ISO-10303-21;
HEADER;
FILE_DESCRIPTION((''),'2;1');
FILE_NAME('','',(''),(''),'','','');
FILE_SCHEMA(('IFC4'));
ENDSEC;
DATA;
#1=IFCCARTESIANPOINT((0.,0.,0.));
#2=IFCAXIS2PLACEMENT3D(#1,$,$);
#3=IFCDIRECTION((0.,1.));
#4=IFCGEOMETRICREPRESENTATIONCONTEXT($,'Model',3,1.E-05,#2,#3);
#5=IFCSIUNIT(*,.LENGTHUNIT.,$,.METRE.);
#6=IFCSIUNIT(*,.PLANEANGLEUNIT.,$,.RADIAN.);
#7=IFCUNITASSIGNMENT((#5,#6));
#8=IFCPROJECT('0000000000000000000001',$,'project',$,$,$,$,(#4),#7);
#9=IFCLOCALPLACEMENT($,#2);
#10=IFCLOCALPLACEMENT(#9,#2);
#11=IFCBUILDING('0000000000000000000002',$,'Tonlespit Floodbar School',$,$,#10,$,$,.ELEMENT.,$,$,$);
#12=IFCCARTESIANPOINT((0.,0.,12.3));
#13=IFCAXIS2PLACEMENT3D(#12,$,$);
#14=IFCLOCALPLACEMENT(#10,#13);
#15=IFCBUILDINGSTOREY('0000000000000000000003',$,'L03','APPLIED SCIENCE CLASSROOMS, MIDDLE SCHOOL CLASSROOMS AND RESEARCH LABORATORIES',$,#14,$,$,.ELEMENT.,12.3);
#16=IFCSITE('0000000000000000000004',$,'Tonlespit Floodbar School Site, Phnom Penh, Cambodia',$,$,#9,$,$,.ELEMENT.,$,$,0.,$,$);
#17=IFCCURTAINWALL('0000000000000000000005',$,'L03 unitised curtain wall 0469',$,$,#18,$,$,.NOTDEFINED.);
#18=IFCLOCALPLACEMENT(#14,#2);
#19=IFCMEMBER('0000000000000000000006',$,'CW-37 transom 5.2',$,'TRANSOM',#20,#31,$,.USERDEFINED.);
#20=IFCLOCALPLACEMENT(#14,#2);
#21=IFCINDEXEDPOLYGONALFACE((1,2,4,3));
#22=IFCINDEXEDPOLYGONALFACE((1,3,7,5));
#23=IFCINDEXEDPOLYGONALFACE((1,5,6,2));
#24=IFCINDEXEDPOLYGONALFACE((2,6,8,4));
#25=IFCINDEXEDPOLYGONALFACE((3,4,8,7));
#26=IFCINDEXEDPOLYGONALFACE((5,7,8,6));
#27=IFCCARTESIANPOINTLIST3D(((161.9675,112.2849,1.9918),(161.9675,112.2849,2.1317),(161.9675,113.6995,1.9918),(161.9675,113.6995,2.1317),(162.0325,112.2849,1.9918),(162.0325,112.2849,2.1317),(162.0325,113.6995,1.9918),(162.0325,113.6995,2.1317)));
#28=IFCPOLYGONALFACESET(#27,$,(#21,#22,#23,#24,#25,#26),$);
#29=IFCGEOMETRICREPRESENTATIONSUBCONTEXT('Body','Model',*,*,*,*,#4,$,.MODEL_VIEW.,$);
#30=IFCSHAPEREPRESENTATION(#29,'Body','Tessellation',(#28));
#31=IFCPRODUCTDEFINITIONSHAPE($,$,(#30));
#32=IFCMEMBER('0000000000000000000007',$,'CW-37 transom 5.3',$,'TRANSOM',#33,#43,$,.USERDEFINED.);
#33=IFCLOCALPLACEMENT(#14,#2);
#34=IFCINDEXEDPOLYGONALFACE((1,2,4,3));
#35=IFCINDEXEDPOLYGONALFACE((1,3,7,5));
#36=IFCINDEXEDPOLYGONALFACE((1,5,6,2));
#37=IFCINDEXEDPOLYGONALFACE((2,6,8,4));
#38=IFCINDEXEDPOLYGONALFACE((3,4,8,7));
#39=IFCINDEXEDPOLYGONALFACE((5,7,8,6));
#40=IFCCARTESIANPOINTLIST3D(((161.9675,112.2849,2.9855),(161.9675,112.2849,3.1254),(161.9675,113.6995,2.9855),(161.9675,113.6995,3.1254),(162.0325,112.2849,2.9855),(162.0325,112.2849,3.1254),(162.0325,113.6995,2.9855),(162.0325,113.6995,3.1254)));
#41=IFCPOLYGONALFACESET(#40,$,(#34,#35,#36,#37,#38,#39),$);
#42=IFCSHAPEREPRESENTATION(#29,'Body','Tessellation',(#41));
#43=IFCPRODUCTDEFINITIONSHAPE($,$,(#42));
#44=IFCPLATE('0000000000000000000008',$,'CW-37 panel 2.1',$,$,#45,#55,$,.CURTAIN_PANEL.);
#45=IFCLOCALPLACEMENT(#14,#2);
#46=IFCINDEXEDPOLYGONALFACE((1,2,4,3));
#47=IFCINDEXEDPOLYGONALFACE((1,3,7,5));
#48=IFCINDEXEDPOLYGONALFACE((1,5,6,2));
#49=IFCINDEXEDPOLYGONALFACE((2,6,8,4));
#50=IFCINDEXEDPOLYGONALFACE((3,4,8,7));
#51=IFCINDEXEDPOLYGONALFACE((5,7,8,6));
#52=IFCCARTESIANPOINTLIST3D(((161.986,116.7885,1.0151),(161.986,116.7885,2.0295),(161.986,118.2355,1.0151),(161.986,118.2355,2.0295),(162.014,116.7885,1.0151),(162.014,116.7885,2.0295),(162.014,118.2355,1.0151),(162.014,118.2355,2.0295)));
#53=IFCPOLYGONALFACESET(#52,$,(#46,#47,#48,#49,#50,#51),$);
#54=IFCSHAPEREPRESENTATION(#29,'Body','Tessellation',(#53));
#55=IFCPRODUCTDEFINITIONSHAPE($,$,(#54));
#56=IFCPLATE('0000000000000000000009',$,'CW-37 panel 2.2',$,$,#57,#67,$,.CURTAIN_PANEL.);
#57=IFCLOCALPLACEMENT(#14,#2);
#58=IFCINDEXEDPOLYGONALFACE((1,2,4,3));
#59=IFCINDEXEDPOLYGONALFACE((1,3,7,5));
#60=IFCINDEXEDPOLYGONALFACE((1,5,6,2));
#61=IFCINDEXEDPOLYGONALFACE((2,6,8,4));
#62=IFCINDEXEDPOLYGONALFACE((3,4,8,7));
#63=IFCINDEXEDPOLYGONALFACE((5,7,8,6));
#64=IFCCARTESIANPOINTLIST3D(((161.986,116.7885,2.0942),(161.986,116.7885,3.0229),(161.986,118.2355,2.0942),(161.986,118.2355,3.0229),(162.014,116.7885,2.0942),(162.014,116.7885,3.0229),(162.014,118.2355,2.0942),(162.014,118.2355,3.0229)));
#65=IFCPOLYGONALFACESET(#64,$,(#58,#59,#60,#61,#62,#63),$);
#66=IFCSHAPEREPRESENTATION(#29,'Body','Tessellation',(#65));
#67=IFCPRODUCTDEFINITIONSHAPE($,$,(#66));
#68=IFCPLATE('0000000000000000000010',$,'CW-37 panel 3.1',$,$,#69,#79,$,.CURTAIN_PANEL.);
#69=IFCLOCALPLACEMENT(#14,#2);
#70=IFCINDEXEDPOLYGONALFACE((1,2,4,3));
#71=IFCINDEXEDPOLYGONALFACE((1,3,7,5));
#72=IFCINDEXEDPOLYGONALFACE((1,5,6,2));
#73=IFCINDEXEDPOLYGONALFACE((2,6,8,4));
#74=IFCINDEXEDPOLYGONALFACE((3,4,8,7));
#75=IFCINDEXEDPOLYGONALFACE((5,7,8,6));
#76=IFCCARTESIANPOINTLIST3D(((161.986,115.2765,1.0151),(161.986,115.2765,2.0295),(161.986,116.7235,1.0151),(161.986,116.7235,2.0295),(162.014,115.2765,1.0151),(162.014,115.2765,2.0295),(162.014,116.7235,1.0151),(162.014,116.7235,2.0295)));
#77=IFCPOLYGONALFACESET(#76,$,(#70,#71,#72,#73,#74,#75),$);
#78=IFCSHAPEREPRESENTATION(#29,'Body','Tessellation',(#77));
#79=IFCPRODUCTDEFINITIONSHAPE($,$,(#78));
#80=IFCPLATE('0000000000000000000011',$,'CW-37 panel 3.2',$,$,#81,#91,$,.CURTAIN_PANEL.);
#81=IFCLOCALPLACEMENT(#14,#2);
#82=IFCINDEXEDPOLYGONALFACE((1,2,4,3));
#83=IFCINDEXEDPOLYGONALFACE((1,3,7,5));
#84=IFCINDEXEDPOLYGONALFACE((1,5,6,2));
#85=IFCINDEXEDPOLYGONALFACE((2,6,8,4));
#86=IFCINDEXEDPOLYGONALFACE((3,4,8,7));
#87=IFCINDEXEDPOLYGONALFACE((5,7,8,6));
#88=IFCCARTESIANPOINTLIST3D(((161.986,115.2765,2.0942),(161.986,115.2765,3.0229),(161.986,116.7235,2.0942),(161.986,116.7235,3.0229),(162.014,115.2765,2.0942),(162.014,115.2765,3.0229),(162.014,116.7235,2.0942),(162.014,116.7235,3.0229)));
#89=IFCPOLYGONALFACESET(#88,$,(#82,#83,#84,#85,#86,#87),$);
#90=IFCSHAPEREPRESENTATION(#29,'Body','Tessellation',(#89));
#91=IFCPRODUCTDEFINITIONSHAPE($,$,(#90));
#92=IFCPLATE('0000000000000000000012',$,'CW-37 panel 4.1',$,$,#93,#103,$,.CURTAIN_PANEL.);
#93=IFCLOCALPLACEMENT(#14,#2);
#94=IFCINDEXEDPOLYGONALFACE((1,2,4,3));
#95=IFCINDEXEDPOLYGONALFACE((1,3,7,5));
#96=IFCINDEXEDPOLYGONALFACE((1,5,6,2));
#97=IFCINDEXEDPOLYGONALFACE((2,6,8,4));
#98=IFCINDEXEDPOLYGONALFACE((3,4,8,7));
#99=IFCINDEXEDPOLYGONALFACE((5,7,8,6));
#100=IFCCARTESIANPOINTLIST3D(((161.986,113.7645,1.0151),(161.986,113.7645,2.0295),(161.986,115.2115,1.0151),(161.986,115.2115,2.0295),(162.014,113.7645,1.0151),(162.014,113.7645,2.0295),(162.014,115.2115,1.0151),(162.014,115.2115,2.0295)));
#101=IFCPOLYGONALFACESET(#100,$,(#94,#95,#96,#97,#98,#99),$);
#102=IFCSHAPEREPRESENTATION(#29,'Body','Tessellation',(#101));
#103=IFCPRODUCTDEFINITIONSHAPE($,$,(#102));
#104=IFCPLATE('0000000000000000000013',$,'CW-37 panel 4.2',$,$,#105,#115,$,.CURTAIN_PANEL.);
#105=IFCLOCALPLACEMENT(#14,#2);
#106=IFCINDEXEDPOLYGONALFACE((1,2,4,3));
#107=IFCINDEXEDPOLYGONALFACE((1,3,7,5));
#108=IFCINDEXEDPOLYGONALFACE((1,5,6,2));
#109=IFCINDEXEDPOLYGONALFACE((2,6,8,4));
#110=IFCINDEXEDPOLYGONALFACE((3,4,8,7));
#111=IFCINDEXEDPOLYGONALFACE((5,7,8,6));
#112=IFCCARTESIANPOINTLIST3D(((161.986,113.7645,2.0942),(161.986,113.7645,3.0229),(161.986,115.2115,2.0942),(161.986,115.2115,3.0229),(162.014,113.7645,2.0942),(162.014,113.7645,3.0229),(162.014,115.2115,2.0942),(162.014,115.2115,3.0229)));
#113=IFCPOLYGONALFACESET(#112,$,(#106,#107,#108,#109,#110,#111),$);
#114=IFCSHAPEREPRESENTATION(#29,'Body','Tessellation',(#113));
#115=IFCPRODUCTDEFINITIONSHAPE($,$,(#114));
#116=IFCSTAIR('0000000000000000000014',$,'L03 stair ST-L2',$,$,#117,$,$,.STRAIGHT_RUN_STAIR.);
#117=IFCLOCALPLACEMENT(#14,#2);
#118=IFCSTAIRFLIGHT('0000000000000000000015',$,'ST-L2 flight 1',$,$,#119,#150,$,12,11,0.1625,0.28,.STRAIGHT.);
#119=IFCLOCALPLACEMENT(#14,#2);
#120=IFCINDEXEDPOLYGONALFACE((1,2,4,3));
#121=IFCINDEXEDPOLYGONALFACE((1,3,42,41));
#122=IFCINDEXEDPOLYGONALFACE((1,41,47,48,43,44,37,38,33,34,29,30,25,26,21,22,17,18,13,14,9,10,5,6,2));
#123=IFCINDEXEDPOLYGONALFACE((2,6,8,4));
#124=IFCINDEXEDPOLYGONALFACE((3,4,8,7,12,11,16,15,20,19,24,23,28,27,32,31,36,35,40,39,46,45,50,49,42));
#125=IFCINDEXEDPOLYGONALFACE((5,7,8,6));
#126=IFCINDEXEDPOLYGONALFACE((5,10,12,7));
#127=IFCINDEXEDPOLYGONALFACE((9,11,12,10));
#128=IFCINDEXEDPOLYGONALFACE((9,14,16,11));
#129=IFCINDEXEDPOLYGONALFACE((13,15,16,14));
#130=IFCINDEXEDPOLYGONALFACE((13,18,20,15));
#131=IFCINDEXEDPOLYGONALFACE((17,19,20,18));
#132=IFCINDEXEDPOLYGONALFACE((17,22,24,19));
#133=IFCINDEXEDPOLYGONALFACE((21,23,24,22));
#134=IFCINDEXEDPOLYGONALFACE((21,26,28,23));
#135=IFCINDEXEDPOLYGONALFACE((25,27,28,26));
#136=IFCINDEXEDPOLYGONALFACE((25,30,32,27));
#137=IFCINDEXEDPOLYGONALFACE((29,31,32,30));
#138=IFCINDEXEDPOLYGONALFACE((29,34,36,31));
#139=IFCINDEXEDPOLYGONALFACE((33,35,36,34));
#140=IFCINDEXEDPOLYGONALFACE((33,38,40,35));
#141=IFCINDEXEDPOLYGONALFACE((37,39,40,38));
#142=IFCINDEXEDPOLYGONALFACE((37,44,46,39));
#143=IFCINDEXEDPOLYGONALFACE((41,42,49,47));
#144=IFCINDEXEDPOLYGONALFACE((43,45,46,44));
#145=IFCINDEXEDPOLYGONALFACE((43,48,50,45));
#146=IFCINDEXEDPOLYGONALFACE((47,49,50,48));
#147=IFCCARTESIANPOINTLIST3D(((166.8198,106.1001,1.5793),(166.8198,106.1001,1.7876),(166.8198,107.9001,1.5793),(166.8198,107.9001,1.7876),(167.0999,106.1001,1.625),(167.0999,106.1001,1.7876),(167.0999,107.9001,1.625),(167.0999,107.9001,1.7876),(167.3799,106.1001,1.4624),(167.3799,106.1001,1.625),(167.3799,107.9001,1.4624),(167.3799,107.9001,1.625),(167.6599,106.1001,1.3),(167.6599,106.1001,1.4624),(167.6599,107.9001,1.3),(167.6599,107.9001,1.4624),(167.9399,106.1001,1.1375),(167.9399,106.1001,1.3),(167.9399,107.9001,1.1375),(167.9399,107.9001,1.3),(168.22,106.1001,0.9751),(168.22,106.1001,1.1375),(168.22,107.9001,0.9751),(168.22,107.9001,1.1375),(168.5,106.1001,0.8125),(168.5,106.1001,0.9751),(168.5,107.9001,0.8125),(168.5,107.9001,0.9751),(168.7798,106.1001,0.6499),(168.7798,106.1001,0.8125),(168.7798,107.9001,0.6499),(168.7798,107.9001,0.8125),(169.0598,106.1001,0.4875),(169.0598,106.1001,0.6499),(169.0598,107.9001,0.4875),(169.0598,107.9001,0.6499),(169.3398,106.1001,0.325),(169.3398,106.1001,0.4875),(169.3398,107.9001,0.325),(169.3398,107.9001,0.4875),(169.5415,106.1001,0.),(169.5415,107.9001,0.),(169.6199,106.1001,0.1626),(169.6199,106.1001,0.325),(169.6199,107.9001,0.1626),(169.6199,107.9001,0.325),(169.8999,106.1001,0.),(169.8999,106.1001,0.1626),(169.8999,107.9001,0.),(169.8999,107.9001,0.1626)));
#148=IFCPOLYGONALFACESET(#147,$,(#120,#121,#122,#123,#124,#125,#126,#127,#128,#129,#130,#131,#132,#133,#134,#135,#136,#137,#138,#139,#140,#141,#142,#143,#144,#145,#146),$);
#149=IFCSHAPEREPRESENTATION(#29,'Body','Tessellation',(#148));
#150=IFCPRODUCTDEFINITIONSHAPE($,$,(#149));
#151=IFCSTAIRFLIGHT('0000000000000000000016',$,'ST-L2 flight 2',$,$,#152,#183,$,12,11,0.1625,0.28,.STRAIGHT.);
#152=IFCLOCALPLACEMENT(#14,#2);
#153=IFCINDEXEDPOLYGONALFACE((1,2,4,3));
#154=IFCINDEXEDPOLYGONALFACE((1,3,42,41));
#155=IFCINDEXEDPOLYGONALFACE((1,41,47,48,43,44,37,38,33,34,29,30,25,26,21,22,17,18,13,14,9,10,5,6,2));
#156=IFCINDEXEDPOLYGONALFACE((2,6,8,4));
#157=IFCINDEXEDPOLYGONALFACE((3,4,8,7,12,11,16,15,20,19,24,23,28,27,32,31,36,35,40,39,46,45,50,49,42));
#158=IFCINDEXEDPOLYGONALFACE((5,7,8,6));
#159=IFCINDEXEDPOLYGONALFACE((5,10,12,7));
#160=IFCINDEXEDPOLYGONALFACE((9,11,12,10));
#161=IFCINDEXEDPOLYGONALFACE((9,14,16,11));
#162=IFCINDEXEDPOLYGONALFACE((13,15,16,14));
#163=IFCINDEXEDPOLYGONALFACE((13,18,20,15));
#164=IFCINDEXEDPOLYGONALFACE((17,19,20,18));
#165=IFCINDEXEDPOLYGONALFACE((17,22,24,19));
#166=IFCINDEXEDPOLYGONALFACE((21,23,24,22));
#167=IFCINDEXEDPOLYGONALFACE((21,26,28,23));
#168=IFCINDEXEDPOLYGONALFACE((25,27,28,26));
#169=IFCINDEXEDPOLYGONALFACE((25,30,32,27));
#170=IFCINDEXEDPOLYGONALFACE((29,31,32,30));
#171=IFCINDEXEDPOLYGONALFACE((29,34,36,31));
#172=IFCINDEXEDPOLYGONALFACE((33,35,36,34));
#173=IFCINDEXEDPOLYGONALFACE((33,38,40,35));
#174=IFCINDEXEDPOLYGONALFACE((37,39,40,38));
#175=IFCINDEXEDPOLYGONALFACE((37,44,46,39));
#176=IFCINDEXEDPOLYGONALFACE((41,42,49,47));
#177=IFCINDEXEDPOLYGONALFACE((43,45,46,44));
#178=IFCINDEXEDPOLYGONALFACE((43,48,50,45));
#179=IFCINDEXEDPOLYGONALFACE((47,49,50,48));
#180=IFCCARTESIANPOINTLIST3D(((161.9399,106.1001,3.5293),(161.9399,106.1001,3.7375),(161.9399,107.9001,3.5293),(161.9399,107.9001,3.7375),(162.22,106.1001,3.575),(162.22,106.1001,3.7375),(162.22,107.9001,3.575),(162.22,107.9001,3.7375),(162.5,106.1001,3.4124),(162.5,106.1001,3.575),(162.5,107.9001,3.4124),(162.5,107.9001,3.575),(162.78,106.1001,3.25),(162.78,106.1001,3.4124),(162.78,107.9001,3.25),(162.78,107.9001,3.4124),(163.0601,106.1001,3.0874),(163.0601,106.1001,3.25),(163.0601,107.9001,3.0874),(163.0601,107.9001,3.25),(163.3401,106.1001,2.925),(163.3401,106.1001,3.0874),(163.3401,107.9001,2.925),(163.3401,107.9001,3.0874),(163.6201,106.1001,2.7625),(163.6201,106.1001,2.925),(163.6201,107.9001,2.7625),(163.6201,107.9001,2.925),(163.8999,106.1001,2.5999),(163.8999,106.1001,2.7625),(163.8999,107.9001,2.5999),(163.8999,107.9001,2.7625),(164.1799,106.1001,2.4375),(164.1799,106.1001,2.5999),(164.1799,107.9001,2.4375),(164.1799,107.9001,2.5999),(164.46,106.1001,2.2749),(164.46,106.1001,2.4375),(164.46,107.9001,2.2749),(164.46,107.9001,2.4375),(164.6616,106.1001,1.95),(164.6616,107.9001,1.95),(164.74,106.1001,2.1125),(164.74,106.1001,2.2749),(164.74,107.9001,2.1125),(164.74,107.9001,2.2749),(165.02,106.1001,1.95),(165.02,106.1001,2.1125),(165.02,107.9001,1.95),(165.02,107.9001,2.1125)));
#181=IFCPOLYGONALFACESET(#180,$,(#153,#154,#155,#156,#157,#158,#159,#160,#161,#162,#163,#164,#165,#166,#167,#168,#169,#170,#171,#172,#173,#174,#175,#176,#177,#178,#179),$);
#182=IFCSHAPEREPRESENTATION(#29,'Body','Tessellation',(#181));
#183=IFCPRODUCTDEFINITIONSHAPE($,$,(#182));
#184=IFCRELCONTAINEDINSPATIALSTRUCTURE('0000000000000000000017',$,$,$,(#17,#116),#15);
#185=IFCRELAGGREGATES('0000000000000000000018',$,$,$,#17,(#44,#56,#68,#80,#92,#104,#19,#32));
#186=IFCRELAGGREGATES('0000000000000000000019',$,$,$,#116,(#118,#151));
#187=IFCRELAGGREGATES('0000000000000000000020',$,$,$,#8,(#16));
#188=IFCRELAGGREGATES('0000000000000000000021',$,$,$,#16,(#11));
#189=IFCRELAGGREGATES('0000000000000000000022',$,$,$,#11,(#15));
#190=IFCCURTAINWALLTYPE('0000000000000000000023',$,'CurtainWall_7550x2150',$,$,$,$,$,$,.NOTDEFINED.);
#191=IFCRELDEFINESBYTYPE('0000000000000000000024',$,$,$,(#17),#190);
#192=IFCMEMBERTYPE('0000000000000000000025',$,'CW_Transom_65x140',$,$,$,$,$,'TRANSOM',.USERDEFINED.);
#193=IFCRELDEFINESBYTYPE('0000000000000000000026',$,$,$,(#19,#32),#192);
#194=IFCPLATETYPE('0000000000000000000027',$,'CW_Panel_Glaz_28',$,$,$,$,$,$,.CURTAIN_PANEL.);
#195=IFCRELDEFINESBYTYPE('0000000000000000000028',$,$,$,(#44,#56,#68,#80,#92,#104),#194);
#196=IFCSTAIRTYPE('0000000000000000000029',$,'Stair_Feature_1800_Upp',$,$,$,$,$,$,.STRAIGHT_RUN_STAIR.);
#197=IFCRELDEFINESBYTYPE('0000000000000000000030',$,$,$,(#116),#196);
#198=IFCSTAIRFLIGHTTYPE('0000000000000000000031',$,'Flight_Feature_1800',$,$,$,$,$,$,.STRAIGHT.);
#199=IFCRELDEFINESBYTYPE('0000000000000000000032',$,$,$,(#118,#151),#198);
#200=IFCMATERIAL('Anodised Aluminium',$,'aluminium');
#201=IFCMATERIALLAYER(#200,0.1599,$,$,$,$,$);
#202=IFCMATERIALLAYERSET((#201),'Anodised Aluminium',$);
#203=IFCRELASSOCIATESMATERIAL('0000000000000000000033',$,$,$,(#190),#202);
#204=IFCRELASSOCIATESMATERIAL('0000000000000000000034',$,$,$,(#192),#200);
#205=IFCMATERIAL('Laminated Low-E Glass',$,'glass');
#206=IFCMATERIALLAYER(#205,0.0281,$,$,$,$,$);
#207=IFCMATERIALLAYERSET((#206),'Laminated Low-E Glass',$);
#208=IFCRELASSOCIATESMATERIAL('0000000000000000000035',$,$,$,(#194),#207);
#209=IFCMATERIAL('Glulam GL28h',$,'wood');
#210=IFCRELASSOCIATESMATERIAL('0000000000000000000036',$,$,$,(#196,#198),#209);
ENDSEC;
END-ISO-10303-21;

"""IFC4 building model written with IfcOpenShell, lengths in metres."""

from ifc_helpers import new_model, si_unit, direction, frame, origin, origin_2d, place, context, subcontext, project, spatial, polyline, rectangle, outline, extrude, material, layer, layer_set, material_profile, profile_set, type_object, element, aggregate, save


model = new_model("IFC4")

# Units and contexts
model_context = context("Model", 3, precision=1e-05, world=origin(), true_north=direction((0.0, 1.0)))
body_context = subcontext(model_context, "Body", "Model", "MODEL_VIEW")
ifc_project = project(units=[si_unit("LENGTHUNIT", "METRE"), si_unit("PLANEANGLEUNIT", "RADIAN")], contexts=[model_context])

# Site, building, storey
site_placement = place(None, origin())
site = spatial("IfcSite", under=ifc_project, at=site_placement, Name="Tonlespit Floodbar School Site, Phnom Penh, Cambodia", CompositionType="ELEMENT", RefElevation=0.0)
building_placement = place(site_placement, origin())
building = spatial("IfcBuilding", under=site, at=building_placement, Name="Tonlespit Floodbar School", CompositionType="ELEMENT")
storey_placement = place(building_placement, frame((0.0, 0.0, 12.3)))
storey = spatial("IfcBuildingStorey", under=building, at=storey_placement, Name="L03", Description="APPLIED SCIENCE CLASSROOMS, MIDDLE SCHOOL CLASSROOMS AND RESEARCH LABORATORIES", CompositionType="ELEMENT", Elevation=12.3)

# Shared definitions
ifc_material_1 = material(Name="Glulam GL28h", Category="wood")

# Curtain wall, members, plates
ifc_material_2 = material(Name="Anodised Aluminium", Category="aluminium")
ifc_layer_1 = layer(ifc_material_2, 0.1599)
ifc_layer_set_1 = layer_set([ifc_layer_1], Name="Anodised Aluminium")
curtain_wall_type = type_object("IfcCurtainWallType", Name="CurtainWall_7550x2150", PredefinedType="NOTDEFINED", material=ifc_layer_set_1)
curtain_wall_placement = place(storey_placement, origin())
curtain_wall = element("IfcCurtainWall", 1, at=curtain_wall_placement, inside=storey, type_object=curtain_wall_type, Name="L03 unitised curtain wall 0469", PredefinedType="NOTDEFINED")
ifc_material_profile_1 = material_profile(ifc_material_2, rectangle(XDim=0.0649, YDim=0.1399, at=origin_2d()), Name="ALU T65x140")
ifc_profile_set_1 = profile_set([ifc_material_profile_1], Name="Anodised Aluminium")
member_type_1 = type_object("IfcMemberType", Name="CW_Transom_65x140", ElementType="TRANSOM", PredefinedType="USERDEFINED", material=ifc_profile_set_1)
member_1_placement = place(storey_placement, frame((162.0, 113.6995, 2.0618), z_axis=(0.0, -1.0, 0.0), x_axis=(1.0, 0.0, 0.0)))
member_1 = element("IfcMember", 2, at=member_1_placement, type_object=member_type_1, Name="CW-37 transom 5.2", ObjectType="TRANSOM", PredefinedType="USERDEFINED", context=body_context, shape_type="SweptSolid", body=[
    extrude(rectangle(XDim=0.0649, YDim=0.1399, at=origin_2d()), origin(), (0.0, 0.0, 1.0), 1.4146),
])
member_2_placement = place(storey_placement, frame((162.0, 113.6995, 3.0554), z_axis=(0.0, -1.0, 0.0), x_axis=(1.0, 0.0, 0.0)))
member_2 = element("IfcMember", 3, at=member_2_placement, type_object=member_type_1, Name="CW-37 transom 5.3", ObjectType="TRANSOM", PredefinedType="USERDEFINED", context=body_context, shape_type="SweptSolid", body=[
    extrude(rectangle(XDim=0.0649, YDim=0.1399, at=origin_2d()), origin(), (0.0, 0.0, 1.0), 1.4146),
])
ifc_material_3 = material(Name="Laminated Low-E Glass", Category="glass")
ifc_layer_2 = layer(ifc_material_3, 0.0281)
ifc_layer_set_2 = layer_set([ifc_layer_2], Name="Laminated Low-E Glass")
plate_type = type_object("IfcPlateType", Name="CW_Panel_Glaz_28", PredefinedType="CURTAIN_PANEL", material=ifc_layer_set_2)
plate_1_placement = place(storey_placement, frame((162.0, 117.512, 1.0151), z_axis=(0.0, 0.0, 1.0), x_axis=(0.0, -1.0, 0.0)))
plate_1 = element("IfcPlate", 4, at=plate_1_placement, type_object=plate_type, Name="CW-37 panel 2.1", PredefinedType="CURTAIN_PANEL", context=body_context, shape_type="SweptSolid", body=[
    extrude(rectangle(XDim=1.447, YDim=0.0281, at=origin_2d()), origin(), (0.0, 0.0, 1.0), 1.0144),
])
plate_2_placement = place(storey_placement, frame((162.0, 117.512, 2.0942), z_axis=(0.0, 0.0, 1.0), x_axis=(0.0, -1.0, 0.0)))
plate_2 = element("IfcPlate", 5, at=plate_2_placement, type_object=plate_type, Name="CW-37 panel 2.2", PredefinedType="CURTAIN_PANEL", context=body_context, shape_type="SweptSolid", body=[
    extrude(rectangle(XDim=1.447, YDim=0.0281, at=origin_2d()), origin(), (0.0, 0.0, 1.0), 0.9287),
])
plate_3_placement = place(storey_placement, frame((162.0, 116.0, 1.0151), z_axis=(0.0, 0.0, 1.0), x_axis=(0.0, -1.0, 0.0)))
plate_3 = element("IfcPlate", 6, at=plate_3_placement, type_object=plate_type, Name="CW-37 panel 3.1", PredefinedType="CURTAIN_PANEL", context=body_context, shape_type="SweptSolid", body=[
    extrude(rectangle(XDim=1.447, YDim=0.0281, at=origin_2d()), origin(), (0.0, 0.0, 1.0), 1.0144),
])
plate_4_placement = place(storey_placement, frame((162.0, 116.0, 2.0942), z_axis=(0.0, 0.0, 1.0), x_axis=(0.0, -1.0, 0.0)))
plate_4 = element("IfcPlate", 7, at=plate_4_placement, type_object=plate_type, Name="CW-37 panel 3.2", PredefinedType="CURTAIN_PANEL", context=body_context, shape_type="SweptSolid", body=[
    extrude(rectangle(XDim=1.447, YDim=0.0281, at=origin_2d()), origin(), (0.0, 0.0, 1.0), 0.9287),
])
plate_5_placement = place(storey_placement, frame((162.0, 114.488, 1.0151), z_axis=(0.0, 0.0, 1.0), x_axis=(0.0, -1.0, 0.0)))
plate_5 = element("IfcPlate", 8, at=plate_5_placement, type_object=plate_type, Name="CW-37 panel 4.1", PredefinedType="CURTAIN_PANEL", context=body_context, shape_type="SweptSolid", body=[
    extrude(rectangle(XDim=1.447, YDim=0.0281, at=origin_2d()), origin(), (0.0, 0.0, 1.0), 1.0144),
])
plate_6_placement = place(storey_placement, frame((162.0, 114.488, 2.0942), z_axis=(0.0, 0.0, 1.0), x_axis=(0.0, -1.0, 0.0)))
plate_6 = element("IfcPlate", 9, at=plate_6_placement, type_object=plate_type, Name="CW-37 panel 4.2", PredefinedType="CURTAIN_PANEL", context=body_context, shape_type="SweptSolid", body=[
    extrude(rectangle(XDim=1.447, YDim=0.0281, at=origin_2d()), origin(), (0.0, 0.0, 1.0), 0.9287),
])
aggregate(curtain_wall, [plate_1, plate_2, plate_3, plate_4, plate_5, plate_6, member_1, member_2])

# Stair, stair flights
stair_type = type_object("IfcStairType", Name="Stair_Feature_1800_Upp", PredefinedType="STRAIGHT_RUN_STAIR", material=ifc_material_1)
stair_placement = place(storey_placement, origin())
stair = element("IfcStair", 10, at=stair_placement, inside=storey, type_object=stair_type, Name="L03 stair ST-L2", PredefinedType="STRAIGHT_RUN_STAIR")
stair_flight_type = type_object("IfcStairFlightType", Name="Flight_Feature_1800", PredefinedType="STRAIGHT", material=ifc_material_1)
stair_flight_1_placement = place(storey_placement, frame((169.8999, 107.0, 0.0), z_axis=(0.0, 0.0, 1.0), x_axis=(-1.0, 0.0, 0.0)))
stair_flight_1 = element("IfcStairFlight", 11, at=stair_flight_1_placement, type_object=stair_flight_type, Name="ST-L2 flight 1", NumberOfRisers=12, NumberOfTreads=11, PredefinedType="STRAIGHT", RiserHeight=0.1625, TreadLength=0.28, context=body_context, shape_type="SweptSolid", body=[
    extrude(outline(polyline([(0.0, 0.0), (0.0, 0.1626), (0.28, 0.1626), (0.28, 0.325), (0.5601, 0.325), (0.5601, 0.4875), (0.8401, 0.4875), (0.8401, 0.6499), (1.1201, 0.6499), (1.1201, 0.8125), (1.3999, 0.8125), (1.3999, 0.9751), (1.6799, 0.9751), (1.6799, 1.1375), (1.96, 1.1375), (1.96, 1.3), (2.24, 1.3), (2.24, 1.4624), (2.52, 1.4624), (2.52, 1.625), (2.8, 1.625), (2.8, 1.7876), (3.0801, 1.7876), (3.0801, 1.95), (3.0801, 1.5793), (0.3584, 0.0), (0.0, 0.0)])), frame((0.0, 0.8999, 0.0), z_axis=(0.0, -1.0, 0.0), x_axis=(1.0, 0.0, 0.0)), (0.0, 0.0, 1.0), 1.8),
])
stair_flight_2_placement = place(storey_placement, frame((165.02, 107.0, 1.95), z_axis=(0.0, 0.0, 1.0), x_axis=(-1.0, 0.0, 0.0)))
stair_flight_2 = element("IfcStairFlight", 12, at=stair_flight_2_placement, type_object=stair_flight_type, Name="ST-L2 flight 2", NumberOfRisers=12, NumberOfTreads=11, PredefinedType="STRAIGHT", RiserHeight=0.1625, TreadLength=0.28, context=body_context, shape_type="SweptSolid", body=[
    extrude(outline(polyline([(0.0, 0.0), (0.0, 0.1626), (0.28, 0.1626), (0.28, 0.325), (0.5601, 0.325), (0.5601, 0.4875), (0.8401, 0.4875), (0.8401, 0.6499), (1.1201, 0.6499), (1.1201, 0.8125), (1.3999, 0.8125), (1.3999, 0.9751), (1.6799, 0.9751), (1.6799, 1.1375), (1.96, 1.1375), (1.96, 1.3), (2.24, 1.3), (2.24, 1.4624), (2.52, 1.4624), (2.52, 1.625), (2.8, 1.625), (2.8, 1.7876), (3.0801, 1.7876), (3.0801, 1.95), (3.0801, 1.5793), (0.3584, 0.0), (0.0, 0.0)])), frame((0.0, 0.8999, 0.0), z_axis=(0.0, -1.0, 0.0), x_axis=(1.0, 0.0, 0.0)), (0.0, 0.0, 1.0), 1.8),
])
aggregate(stair, [stair_flight_1, stair_flight_2])

save(model, "model.ifc")
